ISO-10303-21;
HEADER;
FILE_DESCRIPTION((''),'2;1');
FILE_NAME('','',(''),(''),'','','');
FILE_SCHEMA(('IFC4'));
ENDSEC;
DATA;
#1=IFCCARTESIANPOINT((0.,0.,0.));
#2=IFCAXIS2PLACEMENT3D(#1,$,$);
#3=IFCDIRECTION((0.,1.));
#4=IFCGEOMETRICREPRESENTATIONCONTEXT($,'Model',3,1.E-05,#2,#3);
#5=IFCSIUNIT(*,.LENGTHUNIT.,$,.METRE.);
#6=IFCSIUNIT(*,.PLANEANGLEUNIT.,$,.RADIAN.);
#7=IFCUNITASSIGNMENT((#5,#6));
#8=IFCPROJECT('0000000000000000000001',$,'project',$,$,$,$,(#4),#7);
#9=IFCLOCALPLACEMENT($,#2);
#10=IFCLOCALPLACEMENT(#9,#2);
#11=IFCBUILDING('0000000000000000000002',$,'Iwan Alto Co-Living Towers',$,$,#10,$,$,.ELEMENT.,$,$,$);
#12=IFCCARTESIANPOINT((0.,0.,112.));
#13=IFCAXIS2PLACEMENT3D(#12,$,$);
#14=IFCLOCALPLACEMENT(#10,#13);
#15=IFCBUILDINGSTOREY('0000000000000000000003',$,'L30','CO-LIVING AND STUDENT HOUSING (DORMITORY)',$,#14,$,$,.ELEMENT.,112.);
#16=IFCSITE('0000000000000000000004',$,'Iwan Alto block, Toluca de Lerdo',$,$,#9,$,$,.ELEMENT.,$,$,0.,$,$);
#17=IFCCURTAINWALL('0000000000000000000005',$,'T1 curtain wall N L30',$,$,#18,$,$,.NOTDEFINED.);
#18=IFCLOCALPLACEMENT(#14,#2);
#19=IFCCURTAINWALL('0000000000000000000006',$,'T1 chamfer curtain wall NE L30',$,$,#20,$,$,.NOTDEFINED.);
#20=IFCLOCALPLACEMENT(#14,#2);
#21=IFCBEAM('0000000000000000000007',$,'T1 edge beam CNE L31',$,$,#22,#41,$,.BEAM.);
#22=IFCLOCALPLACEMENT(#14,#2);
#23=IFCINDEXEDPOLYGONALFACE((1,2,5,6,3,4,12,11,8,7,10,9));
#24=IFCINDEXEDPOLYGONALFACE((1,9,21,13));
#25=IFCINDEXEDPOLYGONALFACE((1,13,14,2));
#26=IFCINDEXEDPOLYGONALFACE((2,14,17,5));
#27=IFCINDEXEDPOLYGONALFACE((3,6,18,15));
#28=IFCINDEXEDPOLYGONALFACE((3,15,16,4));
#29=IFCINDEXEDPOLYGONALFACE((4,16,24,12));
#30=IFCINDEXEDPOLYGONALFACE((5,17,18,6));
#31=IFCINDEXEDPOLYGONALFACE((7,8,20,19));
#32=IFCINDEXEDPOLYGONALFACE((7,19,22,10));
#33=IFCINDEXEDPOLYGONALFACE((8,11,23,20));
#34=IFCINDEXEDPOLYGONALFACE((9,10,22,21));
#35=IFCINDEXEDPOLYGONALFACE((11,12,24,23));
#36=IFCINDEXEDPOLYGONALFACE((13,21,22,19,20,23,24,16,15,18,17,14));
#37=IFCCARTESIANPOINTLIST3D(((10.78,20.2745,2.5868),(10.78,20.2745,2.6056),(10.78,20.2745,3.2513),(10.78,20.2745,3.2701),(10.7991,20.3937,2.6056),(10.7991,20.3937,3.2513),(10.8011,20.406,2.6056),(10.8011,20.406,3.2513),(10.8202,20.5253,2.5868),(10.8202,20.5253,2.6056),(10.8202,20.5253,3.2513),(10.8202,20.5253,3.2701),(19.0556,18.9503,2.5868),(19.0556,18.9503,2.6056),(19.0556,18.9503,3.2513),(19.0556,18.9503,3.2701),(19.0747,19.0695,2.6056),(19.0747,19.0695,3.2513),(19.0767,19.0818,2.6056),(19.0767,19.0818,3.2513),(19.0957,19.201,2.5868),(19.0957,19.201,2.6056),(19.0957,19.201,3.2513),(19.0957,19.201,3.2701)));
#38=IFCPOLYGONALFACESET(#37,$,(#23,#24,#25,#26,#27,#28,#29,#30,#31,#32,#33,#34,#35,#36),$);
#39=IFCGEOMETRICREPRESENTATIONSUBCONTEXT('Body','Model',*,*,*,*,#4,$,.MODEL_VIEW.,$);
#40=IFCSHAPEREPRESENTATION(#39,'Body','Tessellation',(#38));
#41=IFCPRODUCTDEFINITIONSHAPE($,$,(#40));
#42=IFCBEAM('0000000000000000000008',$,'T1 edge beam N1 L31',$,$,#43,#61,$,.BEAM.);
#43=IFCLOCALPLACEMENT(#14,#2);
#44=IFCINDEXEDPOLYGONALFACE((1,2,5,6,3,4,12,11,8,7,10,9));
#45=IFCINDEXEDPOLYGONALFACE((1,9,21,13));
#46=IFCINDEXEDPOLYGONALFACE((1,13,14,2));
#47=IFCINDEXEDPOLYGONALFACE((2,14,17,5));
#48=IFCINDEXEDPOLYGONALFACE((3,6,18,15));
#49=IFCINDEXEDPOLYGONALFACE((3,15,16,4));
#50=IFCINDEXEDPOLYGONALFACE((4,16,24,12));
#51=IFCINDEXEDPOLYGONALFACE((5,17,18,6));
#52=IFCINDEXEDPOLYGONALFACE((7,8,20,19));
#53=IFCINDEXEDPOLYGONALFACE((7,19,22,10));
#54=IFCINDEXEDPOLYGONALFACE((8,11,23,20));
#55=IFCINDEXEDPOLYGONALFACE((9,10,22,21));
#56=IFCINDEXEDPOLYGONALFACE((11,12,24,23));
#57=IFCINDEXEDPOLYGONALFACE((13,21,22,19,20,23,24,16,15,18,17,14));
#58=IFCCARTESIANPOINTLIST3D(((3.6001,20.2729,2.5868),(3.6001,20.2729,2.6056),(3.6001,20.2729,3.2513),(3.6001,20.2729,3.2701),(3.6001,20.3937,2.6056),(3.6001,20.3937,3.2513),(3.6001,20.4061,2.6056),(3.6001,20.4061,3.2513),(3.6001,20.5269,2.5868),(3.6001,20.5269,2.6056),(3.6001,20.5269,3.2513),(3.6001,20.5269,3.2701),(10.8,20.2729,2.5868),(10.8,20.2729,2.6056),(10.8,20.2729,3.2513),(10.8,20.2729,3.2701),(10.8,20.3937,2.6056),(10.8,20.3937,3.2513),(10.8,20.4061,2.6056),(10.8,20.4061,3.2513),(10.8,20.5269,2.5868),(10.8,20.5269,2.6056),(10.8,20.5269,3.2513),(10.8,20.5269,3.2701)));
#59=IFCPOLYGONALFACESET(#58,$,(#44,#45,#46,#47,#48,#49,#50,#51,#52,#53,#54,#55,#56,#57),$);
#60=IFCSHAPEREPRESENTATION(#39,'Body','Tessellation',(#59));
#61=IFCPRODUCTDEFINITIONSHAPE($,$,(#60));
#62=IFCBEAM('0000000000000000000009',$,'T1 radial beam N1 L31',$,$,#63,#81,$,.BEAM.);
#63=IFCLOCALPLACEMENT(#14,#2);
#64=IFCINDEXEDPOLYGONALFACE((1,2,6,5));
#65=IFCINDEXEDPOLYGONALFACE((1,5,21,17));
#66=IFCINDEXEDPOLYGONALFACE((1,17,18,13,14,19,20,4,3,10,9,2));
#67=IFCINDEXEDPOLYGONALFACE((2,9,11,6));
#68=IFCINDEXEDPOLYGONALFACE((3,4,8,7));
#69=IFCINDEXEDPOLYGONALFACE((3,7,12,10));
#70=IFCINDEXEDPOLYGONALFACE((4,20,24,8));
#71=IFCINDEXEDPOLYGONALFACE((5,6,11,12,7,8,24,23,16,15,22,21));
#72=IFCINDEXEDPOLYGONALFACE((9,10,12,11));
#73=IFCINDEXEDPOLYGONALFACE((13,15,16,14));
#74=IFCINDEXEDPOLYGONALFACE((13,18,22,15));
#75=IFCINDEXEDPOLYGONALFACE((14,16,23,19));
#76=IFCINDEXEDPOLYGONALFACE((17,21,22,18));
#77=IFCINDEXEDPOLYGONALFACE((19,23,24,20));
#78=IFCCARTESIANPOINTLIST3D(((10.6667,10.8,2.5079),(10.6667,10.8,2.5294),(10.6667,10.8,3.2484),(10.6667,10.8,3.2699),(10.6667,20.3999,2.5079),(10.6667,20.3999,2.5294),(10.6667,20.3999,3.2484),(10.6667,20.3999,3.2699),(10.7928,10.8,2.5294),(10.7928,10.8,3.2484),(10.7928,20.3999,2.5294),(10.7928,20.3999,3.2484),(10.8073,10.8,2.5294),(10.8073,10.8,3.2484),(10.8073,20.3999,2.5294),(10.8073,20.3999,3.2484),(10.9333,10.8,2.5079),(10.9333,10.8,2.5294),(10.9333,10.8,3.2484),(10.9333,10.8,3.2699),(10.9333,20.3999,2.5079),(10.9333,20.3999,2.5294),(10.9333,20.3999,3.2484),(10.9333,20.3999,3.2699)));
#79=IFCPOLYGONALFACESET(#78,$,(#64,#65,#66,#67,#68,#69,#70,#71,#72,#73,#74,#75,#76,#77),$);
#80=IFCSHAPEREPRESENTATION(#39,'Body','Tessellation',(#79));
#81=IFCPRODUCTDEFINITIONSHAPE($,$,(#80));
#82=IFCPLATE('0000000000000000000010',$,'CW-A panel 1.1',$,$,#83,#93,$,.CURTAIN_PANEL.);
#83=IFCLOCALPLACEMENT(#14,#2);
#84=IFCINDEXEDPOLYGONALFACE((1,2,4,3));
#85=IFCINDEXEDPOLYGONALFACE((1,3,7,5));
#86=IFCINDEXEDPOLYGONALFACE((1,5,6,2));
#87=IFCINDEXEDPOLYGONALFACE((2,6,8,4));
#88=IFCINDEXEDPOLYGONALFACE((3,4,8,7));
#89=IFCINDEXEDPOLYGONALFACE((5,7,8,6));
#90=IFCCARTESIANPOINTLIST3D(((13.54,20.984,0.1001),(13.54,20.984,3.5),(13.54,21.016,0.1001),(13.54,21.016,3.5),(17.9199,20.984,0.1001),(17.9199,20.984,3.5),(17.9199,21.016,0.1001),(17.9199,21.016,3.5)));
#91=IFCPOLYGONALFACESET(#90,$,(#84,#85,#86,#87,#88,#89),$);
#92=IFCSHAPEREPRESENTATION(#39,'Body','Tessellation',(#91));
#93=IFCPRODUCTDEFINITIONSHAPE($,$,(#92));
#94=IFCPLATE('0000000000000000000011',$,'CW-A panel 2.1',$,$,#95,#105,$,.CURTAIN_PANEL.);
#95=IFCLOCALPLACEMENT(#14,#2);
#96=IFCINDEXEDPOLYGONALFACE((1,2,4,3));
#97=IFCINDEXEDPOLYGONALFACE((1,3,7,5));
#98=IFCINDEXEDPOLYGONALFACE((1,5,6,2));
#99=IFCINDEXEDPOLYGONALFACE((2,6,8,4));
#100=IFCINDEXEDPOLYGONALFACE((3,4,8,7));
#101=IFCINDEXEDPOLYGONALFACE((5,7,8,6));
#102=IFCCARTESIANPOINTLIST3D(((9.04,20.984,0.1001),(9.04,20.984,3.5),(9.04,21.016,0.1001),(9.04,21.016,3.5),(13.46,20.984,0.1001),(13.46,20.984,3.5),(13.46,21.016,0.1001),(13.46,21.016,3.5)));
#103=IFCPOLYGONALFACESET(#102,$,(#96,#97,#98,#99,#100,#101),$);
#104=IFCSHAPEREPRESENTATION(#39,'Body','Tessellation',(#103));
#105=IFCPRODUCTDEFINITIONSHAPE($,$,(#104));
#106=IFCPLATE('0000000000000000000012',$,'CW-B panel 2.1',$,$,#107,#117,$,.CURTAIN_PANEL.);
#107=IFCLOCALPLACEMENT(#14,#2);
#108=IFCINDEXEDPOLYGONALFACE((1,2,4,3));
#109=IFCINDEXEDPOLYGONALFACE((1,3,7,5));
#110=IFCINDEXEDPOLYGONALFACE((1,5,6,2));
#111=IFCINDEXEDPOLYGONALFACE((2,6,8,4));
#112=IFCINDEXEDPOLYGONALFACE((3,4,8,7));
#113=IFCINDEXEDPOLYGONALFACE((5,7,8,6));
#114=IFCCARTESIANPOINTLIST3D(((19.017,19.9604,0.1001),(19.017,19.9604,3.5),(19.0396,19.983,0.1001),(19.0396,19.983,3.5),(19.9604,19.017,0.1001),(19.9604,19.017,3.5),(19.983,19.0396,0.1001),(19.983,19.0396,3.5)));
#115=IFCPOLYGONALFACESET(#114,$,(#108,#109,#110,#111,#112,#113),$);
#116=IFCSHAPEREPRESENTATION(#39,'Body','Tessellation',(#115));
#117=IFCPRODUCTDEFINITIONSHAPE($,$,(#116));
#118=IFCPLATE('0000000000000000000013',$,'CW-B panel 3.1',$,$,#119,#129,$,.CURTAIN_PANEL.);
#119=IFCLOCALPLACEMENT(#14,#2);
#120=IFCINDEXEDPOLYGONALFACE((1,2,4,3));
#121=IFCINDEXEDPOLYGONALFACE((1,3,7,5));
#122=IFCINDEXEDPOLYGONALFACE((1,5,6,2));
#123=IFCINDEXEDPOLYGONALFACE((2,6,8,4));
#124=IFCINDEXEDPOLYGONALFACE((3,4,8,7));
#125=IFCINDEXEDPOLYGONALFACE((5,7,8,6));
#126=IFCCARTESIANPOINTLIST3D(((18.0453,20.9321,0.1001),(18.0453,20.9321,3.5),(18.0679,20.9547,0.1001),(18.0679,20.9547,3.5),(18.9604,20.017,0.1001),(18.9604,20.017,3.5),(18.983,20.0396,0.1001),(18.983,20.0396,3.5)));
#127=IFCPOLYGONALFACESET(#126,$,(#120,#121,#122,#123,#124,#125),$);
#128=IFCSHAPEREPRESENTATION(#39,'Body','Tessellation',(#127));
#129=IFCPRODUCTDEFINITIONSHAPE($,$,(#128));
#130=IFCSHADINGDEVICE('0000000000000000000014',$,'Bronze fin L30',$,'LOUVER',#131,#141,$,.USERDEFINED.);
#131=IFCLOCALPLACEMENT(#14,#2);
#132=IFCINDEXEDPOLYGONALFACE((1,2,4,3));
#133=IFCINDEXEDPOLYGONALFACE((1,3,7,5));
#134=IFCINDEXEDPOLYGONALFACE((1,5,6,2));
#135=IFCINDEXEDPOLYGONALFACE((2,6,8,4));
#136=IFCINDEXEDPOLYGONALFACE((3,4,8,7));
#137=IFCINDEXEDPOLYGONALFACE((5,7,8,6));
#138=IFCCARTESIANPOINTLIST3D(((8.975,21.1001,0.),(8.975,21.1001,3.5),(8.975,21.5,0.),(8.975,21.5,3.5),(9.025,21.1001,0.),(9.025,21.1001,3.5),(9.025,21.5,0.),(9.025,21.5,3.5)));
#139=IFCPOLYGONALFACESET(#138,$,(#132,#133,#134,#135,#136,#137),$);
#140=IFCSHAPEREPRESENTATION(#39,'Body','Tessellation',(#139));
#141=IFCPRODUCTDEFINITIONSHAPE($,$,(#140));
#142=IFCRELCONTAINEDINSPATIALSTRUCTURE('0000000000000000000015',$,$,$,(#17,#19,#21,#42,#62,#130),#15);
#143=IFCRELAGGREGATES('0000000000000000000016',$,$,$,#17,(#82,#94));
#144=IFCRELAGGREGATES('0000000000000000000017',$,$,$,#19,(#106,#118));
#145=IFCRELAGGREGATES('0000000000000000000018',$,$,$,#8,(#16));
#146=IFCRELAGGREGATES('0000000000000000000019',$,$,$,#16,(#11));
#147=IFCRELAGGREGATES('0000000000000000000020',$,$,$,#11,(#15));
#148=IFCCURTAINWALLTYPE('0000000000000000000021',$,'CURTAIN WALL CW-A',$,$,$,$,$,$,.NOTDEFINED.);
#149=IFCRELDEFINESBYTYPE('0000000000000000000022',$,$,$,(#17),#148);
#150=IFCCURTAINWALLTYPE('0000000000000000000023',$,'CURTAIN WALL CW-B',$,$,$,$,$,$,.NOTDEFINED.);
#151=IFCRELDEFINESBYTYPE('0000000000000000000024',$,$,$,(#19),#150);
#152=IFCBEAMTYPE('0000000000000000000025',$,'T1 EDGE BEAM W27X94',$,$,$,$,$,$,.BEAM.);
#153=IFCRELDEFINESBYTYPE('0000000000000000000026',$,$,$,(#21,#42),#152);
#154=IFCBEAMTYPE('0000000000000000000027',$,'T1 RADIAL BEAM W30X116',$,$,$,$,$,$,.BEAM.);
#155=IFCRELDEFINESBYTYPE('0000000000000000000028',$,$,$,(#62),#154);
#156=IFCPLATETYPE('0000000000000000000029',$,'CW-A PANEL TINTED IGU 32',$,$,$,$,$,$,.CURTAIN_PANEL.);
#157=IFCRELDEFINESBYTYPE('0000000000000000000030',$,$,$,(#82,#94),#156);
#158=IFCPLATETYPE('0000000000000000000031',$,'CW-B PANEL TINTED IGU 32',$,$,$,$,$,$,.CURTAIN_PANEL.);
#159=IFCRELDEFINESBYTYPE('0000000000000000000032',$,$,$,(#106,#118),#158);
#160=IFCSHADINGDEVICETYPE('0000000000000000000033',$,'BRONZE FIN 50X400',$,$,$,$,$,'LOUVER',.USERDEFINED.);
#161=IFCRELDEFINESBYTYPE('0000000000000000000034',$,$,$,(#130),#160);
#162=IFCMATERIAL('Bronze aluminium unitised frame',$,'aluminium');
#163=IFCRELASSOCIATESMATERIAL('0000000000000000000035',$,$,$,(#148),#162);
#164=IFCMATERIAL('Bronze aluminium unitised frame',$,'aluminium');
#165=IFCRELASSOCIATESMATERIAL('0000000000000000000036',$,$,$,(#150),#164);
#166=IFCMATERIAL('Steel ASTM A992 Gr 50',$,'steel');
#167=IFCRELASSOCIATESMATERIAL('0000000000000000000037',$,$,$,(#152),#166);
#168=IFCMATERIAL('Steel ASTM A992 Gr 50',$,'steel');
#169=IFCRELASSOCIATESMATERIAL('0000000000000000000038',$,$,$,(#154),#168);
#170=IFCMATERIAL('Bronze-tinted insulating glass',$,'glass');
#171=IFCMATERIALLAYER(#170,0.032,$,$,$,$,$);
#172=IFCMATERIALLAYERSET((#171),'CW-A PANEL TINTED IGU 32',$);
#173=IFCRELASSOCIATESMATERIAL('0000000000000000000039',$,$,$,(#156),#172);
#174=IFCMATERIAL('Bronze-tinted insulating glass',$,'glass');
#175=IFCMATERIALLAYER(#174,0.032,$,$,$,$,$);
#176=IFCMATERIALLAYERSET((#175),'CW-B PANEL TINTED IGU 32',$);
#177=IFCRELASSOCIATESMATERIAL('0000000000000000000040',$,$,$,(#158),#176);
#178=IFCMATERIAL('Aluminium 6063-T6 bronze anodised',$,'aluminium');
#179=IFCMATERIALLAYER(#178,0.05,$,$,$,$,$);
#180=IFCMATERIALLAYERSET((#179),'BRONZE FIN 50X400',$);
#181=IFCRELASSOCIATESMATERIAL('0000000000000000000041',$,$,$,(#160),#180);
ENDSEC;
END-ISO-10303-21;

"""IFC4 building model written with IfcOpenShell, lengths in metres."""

from ifc_helpers import new_model, si_unit, direction, frame, origin, origin_2d, place, context, subcontext, project, spatial, rectangle, i_section, extrude, material, layer, layer_set, material_profile, profile_set, type_object, element, aggregate, save


model = new_model("IFC4")

# Units and contexts
model_context = context("Model", 3, precision=1e-05, world=origin(), true_north=direction((0.0, 1.0)))
body_context = subcontext(model_context, "Body", "Model", "MODEL_VIEW")
ifc_project = project(units=[si_unit("LENGTHUNIT", "METRE"), si_unit("PLANEANGLEUNIT", "RADIAN")], contexts=[model_context])

# Site, building, storey
site_placement = place(None, origin())
site = spatial("IfcSite", under=ifc_project, at=site_placement, Name="Iwan Alto block, Toluca de Lerdo", CompositionType="ELEMENT", RefElevation=0.0)
building_placement = place(site_placement, origin())
building = spatial("IfcBuilding", under=site, at=building_placement, Name="Iwan Alto Co-Living Towers", CompositionType="ELEMENT")
storey_placement = place(building_placement, frame((0.0, 0.0, 112.0)))
storey = spatial("IfcBuildingStorey", under=building, at=storey_placement, Name="L30", Description="CO-LIVING AND STUDENT HOUSING (DORMITORY)", CompositionType="ELEMENT", Elevation=112.0)

# Curtain walls
ifc_material_1 = material(Name="Bronze aluminium unitised frame", Category="aluminium")
curtain_wall_type_1 = type_object("IfcCurtainWallType", Name="CURTAIN WALL CW-A", PredefinedType="NOTDEFINED", material=ifc_material_1)
curtain_wall_1_placement = place(storey_placement, origin())
curtain_wall_1 = element("IfcCurtainWall", 1, at=curtain_wall_1_placement, inside=storey, type_object=curtain_wall_type_1, Name="T1 curtain wall N L30", PredefinedType="NOTDEFINED")
ifc_material_2 = material(Name="Bronze aluminium unitised frame", Category="aluminium")
curtain_wall_type_2 = type_object("IfcCurtainWallType", Name="CURTAIN WALL CW-B", PredefinedType="NOTDEFINED", material=ifc_material_2)
curtain_wall_2_placement = place(storey_placement, origin())
curtain_wall_2 = element("IfcCurtainWall", 2, at=curtain_wall_2_placement, inside=storey, type_object=curtain_wall_type_2, Name="T1 chamfer curtain wall NE L30", PredefinedType="NOTDEFINED")

# Beams
ifc_material_3 = material(Name="Steel ASTM A992 Gr 50", Category="steel")
ifc_material_profile_1 = material_profile(ifc_material_3, i_section(OverallWidth=0.2539, OverallDepth=0.6833, WebThickness=0.0125, FlangeThickness=0.0188, at=origin_2d()), Name="W27X94")
ifc_profile_set_1 = profile_set([ifc_material_profile_1], Name="Steel ASTM A992 Gr 50")
beam_type_1 = type_object("IfcBeamType", Name="T1 EDGE BEAM W27X94", PredefinedType="BEAM", material=ifc_profile_set_1)
beam_1_placement = place(storey_placement, frame((19.0757, 19.0757, 2.9285), z_axis=(-0.987438, 0.158004, 0.0), x_axis=(-0.158004, -0.987438, 0.0)))
element("IfcBeam", 3, at=beam_1_placement, inside=storey, type_object=beam_type_1, Name="T1 edge beam CNE L31", PredefinedType="BEAM", context=body_context, shape_type="SweptSolid", body=[
    extrude(i_section(OverallWidth=0.2539, OverallDepth=0.6833, WebThickness=0.0125, FlangeThickness=0.0188, at=origin_2d()), origin(), (0.0, 0.0, 1.0), 8.3809),
])
beam_2_placement = place(storey_placement, frame((10.8, 20.3999, 2.9285), z_axis=(-1.0, 0.0, 0.0), x_axis=(0.0, -1.0, 0.0)))
element("IfcBeam", 4, at=beam_2_placement, inside=storey, type_object=beam_type_1, Name="T1 edge beam N1 L31", PredefinedType="BEAM", context=body_context, shape_type="SweptSolid", body=[
    extrude(i_section(OverallWidth=0.2539, OverallDepth=0.6833, WebThickness=0.0125, FlangeThickness=0.0188, at=origin_2d()), origin(), (0.0, 0.0, 1.0), 7.2),
])
ifc_material_4 = material(Name="Steel ASTM A992 Gr 50", Category="steel")
ifc_material_profile_2 = material_profile(ifc_material_4, i_section(OverallWidth=0.2666, OverallDepth=0.762, WebThickness=0.0144, FlangeThickness=0.0215, at=origin_2d()), Name="W30X116")
ifc_profile_set_2 = profile_set([ifc_material_profile_2], Name="Steel ASTM A992 Gr 50")
beam_type_2 = type_object("IfcBeamType", Name="T1 RADIAL BEAM W30X116", PredefinedType="BEAM", material=ifc_profile_set_2)
beam_3_placement = place(storey_placement, frame((10.8, 20.3999, 2.8889), z_axis=(0.0, -1.0, 0.0), x_axis=(1.0, 0.0, 0.0)))
element("IfcBeam", 5, at=beam_3_placement, inside=storey, type_object=beam_type_2, Name="T1 radial beam N1 L31", PredefinedType="BEAM", context=body_context, shape_type="SweptSolid", body=[
    extrude(i_section(OverallWidth=0.2666, OverallDepth=0.762, WebThickness=0.0144, FlangeThickness=0.0215, at=origin_2d()), origin(), (0.0, 0.0, 1.0), 9.5999),
])

# Plates
ifc_material_5 = material(Name="Bronze-tinted insulating glass", Category="glass")
ifc_layer_1 = layer(ifc_material_5, 0.032)
ifc_layer_set_1 = layer_set([ifc_layer_1], Name="CW-A PANEL TINTED IGU 32")
plate_type_1 = type_object("IfcPlateType", Name="CW-A PANEL TINTED IGU 32", PredefinedType="CURTAIN_PANEL", material=ifc_layer_set_1)
plate_1_placement = place(storey_placement, frame((15.73, 21.0, 0.1001), z_axis=(0.0, 0.0, 1.0), x_axis=(-1.0, 0.0, 0.0)))
plate_1 = element("IfcPlate", 6, at=plate_1_placement, type_object=plate_type_1, Name="CW-A panel 1.1", PredefinedType="CURTAIN_PANEL", context=body_context, shape_type="SweptSolid", body=[
    extrude(rectangle(XDim=4.3799, YDim=0.032, at=origin_2d()), origin(), (0.0, 0.0, 1.0), 3.3999),
])
plate_2_placement = place(storey_placement, frame((11.25, 21.0, 0.1001), z_axis=(0.0, 0.0, 1.0), x_axis=(-1.0, 0.0, 0.0)))
plate_2 = element("IfcPlate", 7, at=plate_2_placement, type_object=plate_type_1, Name="CW-A panel 2.1", PredefinedType="CURTAIN_PANEL", context=body_context, shape_type="SweptSolid", body=[
    extrude(rectangle(XDim=4.4199, YDim=0.032, at=origin_2d()), origin(), (0.0, 0.0, 1.0), 3.3999),
])
aggregate(curtain_wall_1, [plate_1, plate_2])
ifc_material_6 = material(Name="Bronze-tinted insulating glass", Category="glass")
ifc_layer_2 = layer(ifc_material_6, 0.032)
ifc_layer_set_2 = layer_set([ifc_layer_2], Name="CW-B PANEL TINTED IGU 32")
plate_type_2 = type_object("IfcPlateType", Name="CW-B PANEL TINTED IGU 32", PredefinedType="CURTAIN_PANEL", material=ifc_layer_set_2)
plate_3_placement = place(storey_placement, frame((19.5, 19.5, 0.1001), z_axis=(0.0, 0.0, 1.0), x_axis=(-0.707107, 0.707107, 0.0)))
plate_3 = element("IfcPlate", 8, at=plate_3_placement, type_object=plate_type_2, Name="CW-B panel 2.1", PredefinedType="CURTAIN_PANEL", context=body_context, shape_type="SweptSolid", body=[
    extrude(rectangle(XDim=1.3342, YDim=0.032, at=origin_2d()), origin(), (0.0, 0.0, 1.0), 3.3999),
])
plate_4_placement = place(storey_placement, frame((18.5142, 20.4858, 0.1001), z_axis=(0.0, 0.0, 1.0), x_axis=(-0.707107, 0.707107, 0.0)))
plate_4 = element("IfcPlate", 9, at=plate_4_placement, type_object=plate_type_2, Name="CW-B panel 3.1", PredefinedType="CURTAIN_PANEL", context=body_context, shape_type="SweptSolid", body=[
    extrude(rectangle(XDim=1.2942, YDim=0.032, at=origin_2d()), origin(), (0.0, 0.0, 1.0), 3.3999),
])
aggregate(curtain_wall_2, [plate_3, plate_4])

# Shading device
ifc_material_7 = material(Name="Aluminium 6063-T6 bronze anodised", Category="aluminium")
ifc_layer_3 = layer(ifc_material_7, 0.05)
ifc_layer_set_3 = layer_set([ifc_layer_3], Name="BRONZE FIN 50X400")
shading_device_type = type_object("IfcShadingDeviceType", Name="BRONZE FIN 50X400", ElementType="LOUVER", PredefinedType="USERDEFINED", material=ifc_layer_set_3)
shading_device_placement = place(storey_placement, frame((9.0, 21.3, 0.0), z_axis=(0.0, 0.0, 1.0), x_axis=(-1.0, 0.0, 0.0)))
element("IfcShadingDevice", 10, at=shading_device_placement, inside=storey, type_object=shading_device_type, Name="Bronze fin L30", ObjectType="LOUVER", PredefinedType="USERDEFINED", context=body_context, shape_type="SweptSolid", body=[
    extrude(rectangle(XDim=0.05, YDim=0.3999, at=origin_2d()), origin(), (0.0, 0.0, 1.0), 3.5),
])

save(model, "model.ifc")
